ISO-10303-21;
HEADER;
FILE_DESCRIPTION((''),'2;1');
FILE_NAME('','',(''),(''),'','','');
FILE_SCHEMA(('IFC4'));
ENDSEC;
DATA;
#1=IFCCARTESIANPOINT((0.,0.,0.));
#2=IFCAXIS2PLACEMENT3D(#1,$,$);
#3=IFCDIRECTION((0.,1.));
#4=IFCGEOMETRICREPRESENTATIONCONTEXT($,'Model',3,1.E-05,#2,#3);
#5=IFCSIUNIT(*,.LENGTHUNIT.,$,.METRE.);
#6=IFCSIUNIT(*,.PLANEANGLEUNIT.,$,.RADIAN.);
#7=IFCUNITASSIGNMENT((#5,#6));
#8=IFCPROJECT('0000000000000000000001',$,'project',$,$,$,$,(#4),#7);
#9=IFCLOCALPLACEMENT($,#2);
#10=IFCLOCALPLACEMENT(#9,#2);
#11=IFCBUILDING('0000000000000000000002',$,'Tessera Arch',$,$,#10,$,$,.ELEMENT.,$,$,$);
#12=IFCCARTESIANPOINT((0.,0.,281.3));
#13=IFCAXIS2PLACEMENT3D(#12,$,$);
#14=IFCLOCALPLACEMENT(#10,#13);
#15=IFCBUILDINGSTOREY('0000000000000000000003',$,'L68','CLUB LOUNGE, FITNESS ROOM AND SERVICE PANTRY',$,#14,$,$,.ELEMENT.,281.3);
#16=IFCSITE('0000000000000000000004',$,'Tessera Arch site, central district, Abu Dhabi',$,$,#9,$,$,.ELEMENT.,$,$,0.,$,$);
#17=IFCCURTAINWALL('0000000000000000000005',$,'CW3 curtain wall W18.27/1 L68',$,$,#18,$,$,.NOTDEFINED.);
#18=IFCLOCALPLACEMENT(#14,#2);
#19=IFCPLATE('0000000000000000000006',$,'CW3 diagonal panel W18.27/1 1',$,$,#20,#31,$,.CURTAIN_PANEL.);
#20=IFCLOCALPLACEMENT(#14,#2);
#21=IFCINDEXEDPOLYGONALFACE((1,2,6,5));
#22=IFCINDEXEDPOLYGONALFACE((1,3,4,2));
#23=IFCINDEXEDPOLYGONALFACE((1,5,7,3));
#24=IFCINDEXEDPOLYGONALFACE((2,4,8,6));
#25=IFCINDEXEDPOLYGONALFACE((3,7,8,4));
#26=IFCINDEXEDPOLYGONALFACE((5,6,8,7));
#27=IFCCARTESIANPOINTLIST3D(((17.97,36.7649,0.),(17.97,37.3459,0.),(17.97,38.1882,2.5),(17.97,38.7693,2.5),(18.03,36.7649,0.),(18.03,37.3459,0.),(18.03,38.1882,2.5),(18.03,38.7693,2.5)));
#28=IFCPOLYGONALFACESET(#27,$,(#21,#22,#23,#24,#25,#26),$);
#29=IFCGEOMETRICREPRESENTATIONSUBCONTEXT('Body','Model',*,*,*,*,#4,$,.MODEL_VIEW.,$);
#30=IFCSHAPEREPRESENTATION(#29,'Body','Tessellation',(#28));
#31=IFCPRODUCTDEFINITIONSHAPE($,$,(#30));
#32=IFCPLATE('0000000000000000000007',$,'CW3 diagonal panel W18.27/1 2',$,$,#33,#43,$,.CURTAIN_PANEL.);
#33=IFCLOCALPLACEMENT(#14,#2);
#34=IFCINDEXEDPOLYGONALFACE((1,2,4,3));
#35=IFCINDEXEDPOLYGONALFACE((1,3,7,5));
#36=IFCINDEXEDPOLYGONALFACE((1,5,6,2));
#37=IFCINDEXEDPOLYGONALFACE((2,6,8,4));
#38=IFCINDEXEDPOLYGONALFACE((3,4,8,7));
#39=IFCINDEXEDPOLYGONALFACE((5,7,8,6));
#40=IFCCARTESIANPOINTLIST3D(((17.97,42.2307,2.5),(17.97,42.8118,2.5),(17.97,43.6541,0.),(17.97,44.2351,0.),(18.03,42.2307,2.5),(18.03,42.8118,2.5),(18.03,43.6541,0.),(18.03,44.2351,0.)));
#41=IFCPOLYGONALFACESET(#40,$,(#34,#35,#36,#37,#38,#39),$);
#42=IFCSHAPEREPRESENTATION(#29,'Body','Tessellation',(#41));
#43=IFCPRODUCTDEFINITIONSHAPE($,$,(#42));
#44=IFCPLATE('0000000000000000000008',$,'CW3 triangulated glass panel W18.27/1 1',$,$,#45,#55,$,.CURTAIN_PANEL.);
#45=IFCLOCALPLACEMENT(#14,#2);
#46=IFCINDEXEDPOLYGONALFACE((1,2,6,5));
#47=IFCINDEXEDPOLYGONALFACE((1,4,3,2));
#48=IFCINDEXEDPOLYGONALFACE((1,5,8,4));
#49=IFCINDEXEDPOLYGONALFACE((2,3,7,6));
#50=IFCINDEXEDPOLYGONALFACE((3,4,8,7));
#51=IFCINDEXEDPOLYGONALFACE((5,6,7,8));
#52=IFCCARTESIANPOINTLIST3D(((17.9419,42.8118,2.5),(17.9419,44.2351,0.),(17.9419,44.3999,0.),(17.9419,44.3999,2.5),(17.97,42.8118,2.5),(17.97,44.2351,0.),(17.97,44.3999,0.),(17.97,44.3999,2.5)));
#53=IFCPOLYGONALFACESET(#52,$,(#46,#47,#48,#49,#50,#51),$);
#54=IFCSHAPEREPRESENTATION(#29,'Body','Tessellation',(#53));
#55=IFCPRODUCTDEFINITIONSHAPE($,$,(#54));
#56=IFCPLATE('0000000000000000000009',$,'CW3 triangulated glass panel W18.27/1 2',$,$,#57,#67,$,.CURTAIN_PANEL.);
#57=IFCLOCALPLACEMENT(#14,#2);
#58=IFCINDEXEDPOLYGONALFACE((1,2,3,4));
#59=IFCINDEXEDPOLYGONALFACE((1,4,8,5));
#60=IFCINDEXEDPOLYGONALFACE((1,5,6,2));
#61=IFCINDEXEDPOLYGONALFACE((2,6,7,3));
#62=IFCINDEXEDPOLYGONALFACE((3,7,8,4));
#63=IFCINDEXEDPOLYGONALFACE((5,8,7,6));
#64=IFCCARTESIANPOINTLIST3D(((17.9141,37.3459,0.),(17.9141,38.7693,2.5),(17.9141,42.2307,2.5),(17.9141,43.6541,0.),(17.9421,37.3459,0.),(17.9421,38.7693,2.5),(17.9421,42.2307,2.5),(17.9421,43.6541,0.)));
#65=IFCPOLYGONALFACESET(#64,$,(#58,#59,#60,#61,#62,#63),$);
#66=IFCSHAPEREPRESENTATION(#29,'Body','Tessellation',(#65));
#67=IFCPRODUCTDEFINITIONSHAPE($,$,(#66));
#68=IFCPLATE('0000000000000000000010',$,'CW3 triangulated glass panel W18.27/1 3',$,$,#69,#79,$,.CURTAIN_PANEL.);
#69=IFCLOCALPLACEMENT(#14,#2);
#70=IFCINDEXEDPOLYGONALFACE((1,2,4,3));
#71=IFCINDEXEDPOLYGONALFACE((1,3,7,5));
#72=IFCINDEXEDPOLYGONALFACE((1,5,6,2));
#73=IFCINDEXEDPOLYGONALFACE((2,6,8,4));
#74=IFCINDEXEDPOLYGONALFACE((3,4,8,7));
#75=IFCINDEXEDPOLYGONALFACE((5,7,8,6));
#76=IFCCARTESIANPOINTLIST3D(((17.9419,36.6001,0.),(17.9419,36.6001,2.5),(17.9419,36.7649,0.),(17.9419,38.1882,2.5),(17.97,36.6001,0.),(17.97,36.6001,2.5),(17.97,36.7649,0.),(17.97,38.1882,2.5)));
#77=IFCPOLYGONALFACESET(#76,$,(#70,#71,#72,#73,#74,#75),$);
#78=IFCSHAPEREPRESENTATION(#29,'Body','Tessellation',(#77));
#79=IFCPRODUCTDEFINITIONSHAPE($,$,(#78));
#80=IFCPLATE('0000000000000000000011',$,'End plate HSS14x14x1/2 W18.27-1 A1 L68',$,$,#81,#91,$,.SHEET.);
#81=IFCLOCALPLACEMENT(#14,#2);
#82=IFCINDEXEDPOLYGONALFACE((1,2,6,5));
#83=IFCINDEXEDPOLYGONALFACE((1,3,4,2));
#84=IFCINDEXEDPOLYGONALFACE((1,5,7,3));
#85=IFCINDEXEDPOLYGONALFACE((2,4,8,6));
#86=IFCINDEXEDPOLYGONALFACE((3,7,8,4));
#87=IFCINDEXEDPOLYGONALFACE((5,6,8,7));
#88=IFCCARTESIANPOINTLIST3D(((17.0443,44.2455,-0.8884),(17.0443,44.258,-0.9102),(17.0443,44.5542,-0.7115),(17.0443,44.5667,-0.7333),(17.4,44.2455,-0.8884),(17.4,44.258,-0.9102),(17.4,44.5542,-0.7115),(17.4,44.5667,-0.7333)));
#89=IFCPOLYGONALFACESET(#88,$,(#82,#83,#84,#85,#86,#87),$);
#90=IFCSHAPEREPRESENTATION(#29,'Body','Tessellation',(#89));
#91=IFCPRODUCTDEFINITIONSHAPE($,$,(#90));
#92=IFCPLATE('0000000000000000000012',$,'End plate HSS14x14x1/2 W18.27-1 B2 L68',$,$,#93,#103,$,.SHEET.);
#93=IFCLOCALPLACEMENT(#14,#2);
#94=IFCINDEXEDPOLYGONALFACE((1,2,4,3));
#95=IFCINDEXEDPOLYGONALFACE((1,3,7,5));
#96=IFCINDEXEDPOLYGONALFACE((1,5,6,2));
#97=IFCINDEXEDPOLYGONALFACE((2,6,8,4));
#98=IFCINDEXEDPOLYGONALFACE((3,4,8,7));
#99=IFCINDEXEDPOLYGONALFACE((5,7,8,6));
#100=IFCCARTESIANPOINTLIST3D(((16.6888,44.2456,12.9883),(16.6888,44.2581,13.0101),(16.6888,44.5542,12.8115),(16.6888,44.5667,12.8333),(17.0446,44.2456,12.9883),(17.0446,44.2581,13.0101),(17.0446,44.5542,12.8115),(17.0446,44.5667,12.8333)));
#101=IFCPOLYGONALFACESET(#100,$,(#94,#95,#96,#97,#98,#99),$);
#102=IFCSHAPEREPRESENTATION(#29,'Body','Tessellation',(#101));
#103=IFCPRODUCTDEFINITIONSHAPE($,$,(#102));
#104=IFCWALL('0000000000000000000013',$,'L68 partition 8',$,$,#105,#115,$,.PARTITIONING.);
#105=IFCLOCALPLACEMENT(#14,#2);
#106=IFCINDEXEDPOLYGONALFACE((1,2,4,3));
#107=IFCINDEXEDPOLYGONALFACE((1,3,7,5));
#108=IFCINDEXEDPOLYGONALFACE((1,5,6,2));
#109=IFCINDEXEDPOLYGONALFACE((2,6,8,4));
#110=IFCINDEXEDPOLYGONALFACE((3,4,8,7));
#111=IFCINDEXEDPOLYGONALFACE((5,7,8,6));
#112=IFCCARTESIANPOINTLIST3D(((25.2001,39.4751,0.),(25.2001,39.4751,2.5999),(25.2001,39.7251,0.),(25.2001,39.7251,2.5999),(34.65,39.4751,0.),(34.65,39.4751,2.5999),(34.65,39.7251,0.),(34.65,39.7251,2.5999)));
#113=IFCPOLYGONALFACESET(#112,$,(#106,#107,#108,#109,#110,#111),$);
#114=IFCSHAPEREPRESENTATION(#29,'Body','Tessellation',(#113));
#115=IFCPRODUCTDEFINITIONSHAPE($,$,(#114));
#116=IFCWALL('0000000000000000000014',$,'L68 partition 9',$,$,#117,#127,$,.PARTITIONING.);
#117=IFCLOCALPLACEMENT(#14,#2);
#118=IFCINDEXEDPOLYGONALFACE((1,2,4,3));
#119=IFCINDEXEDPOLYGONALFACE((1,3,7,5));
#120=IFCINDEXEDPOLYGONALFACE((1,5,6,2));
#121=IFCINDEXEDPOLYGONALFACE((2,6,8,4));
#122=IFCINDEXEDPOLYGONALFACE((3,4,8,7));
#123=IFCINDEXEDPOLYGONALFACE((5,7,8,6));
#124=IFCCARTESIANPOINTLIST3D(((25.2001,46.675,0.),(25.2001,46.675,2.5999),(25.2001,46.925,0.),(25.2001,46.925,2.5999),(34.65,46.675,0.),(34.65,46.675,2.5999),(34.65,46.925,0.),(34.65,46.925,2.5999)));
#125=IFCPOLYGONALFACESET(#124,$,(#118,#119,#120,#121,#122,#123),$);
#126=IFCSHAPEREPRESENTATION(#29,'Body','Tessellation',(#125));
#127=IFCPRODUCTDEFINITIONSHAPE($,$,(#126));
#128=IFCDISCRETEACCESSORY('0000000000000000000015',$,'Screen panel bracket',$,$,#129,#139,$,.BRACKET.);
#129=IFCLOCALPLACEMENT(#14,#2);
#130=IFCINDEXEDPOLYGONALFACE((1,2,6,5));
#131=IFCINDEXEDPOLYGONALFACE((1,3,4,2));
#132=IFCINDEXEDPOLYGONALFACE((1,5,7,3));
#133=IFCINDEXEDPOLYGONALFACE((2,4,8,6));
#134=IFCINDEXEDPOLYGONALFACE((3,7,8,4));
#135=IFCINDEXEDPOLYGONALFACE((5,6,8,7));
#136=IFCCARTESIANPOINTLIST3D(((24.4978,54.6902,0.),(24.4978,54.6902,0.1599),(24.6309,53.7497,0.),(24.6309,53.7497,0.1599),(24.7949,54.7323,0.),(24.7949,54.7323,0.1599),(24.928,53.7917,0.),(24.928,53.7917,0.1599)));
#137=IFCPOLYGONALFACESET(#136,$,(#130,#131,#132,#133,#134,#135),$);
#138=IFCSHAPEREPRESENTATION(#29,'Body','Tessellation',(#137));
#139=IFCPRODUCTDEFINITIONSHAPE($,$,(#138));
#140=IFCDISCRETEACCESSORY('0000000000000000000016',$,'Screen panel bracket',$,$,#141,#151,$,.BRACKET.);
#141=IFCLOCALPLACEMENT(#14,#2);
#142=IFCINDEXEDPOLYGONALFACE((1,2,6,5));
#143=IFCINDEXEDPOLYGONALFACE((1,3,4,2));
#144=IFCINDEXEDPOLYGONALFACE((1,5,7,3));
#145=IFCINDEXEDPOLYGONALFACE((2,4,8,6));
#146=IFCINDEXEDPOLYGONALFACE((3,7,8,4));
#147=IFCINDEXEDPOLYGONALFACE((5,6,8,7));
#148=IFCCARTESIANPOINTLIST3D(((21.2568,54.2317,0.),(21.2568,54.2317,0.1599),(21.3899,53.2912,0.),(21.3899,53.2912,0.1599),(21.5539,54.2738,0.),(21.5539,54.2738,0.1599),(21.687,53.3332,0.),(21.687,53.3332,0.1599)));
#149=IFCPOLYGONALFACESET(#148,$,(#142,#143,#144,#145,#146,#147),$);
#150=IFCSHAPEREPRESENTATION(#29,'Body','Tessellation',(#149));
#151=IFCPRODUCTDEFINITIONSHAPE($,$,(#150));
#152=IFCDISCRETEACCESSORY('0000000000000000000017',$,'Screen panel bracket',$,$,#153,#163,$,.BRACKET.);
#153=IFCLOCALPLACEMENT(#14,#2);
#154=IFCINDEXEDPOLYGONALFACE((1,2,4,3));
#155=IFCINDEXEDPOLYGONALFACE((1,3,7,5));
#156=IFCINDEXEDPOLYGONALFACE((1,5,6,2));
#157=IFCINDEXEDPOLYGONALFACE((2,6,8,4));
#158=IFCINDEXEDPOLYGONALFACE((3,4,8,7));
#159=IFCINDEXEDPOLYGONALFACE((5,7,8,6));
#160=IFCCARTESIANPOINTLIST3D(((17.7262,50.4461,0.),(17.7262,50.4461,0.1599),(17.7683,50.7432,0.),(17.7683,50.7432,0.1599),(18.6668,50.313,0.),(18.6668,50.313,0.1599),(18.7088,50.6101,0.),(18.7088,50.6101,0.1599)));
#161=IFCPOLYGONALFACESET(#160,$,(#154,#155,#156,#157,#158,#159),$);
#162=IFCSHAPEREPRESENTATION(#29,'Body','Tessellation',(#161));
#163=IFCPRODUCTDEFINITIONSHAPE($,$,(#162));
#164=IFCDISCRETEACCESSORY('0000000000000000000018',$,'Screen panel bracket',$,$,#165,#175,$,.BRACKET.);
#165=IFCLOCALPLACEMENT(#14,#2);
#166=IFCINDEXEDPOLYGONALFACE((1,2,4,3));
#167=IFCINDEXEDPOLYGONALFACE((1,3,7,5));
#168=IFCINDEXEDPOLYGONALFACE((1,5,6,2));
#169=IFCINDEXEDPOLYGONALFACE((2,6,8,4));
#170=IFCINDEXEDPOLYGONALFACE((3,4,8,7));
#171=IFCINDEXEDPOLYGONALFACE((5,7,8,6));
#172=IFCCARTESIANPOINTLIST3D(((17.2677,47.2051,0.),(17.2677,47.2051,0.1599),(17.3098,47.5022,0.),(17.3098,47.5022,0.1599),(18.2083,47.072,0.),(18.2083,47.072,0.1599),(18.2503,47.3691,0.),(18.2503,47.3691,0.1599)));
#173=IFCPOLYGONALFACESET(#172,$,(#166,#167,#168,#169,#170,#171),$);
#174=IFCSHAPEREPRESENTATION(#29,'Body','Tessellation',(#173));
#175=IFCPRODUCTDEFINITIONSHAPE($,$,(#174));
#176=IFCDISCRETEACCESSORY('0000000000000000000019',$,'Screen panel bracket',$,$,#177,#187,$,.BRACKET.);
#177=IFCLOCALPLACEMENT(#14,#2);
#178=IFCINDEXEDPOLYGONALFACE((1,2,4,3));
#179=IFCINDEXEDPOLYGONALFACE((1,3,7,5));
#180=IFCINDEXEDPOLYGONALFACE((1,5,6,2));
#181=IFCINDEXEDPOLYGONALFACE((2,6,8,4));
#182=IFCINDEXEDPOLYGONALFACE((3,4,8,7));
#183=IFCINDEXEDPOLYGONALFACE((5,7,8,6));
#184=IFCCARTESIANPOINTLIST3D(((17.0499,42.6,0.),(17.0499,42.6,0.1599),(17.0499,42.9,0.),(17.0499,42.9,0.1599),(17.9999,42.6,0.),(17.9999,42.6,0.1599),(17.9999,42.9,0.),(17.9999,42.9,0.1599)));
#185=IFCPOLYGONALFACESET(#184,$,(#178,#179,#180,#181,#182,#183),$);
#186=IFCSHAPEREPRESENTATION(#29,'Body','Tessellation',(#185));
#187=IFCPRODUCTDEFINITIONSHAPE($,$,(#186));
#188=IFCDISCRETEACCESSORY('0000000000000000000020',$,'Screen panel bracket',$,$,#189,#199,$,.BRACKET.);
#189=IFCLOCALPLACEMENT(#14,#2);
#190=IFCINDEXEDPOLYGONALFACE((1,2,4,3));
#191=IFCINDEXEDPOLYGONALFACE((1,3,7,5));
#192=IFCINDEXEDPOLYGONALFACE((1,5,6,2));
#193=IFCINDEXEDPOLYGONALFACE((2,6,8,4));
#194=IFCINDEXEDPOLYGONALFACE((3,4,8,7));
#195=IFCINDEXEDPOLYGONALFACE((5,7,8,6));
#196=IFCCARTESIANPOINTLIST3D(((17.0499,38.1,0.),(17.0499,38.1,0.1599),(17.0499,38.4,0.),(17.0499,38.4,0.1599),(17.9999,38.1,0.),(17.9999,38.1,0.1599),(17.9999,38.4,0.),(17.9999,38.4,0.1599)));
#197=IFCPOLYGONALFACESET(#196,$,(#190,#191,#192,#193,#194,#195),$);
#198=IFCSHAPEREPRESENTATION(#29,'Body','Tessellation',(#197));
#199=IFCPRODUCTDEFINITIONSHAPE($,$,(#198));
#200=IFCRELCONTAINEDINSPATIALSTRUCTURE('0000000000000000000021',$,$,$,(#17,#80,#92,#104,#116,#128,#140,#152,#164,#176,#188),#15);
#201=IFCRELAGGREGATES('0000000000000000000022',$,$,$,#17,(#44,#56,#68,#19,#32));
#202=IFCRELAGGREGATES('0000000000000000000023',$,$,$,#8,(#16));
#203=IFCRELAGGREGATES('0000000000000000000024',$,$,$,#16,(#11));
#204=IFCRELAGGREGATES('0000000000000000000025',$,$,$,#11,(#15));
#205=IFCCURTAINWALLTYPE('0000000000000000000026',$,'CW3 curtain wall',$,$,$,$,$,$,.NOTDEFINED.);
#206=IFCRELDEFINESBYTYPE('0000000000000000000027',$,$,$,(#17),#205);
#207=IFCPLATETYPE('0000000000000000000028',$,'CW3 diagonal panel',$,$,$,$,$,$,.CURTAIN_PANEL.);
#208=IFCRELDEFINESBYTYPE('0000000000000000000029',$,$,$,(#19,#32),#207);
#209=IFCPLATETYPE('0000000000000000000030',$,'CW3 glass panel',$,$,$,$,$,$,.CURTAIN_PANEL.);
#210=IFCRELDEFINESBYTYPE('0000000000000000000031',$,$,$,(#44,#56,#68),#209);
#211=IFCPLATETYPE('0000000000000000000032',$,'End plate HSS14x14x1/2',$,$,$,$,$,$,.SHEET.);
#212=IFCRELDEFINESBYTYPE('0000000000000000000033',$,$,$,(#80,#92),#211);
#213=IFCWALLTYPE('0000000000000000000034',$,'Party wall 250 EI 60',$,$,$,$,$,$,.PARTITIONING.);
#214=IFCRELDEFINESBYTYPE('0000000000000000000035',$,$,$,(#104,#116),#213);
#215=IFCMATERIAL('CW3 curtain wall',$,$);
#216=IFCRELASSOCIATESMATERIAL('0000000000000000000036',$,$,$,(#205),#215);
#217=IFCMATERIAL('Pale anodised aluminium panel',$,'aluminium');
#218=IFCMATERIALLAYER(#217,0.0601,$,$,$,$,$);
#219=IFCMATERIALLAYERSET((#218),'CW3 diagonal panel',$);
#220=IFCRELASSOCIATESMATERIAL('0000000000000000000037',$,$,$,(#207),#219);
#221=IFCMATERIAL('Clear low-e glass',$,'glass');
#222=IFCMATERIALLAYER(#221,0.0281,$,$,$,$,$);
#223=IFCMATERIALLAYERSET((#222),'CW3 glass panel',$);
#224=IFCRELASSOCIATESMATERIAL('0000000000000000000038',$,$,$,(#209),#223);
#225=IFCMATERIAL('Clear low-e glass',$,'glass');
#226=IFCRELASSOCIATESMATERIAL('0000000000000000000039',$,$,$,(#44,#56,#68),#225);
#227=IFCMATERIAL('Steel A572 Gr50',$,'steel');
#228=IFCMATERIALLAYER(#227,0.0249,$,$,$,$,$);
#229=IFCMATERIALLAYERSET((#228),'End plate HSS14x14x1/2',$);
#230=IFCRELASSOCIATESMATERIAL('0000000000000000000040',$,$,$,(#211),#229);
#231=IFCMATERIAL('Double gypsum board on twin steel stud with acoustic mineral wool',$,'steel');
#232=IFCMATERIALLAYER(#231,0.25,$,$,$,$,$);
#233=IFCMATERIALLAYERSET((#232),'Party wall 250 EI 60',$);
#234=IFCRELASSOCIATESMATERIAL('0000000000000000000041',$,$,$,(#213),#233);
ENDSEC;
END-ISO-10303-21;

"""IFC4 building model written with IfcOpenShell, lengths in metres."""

from ifc_helpers import new_model, si_unit, direction, frame, frame_2d, origin, origin_2d, place, context, subcontext, project, spatial, polyline, rectangle, outline, extrude, material, layer, layer_set, type_object, element, aggregate, save


model = new_model("IFC4")

# Units and contexts
model_context = context("Model", 3, precision=1e-05, world=origin(), true_north=direction((0.0, 1.0)))
body_context = subcontext(model_context, "Body", "Model", "MODEL_VIEW")
ifc_project = project(units=[si_unit("LENGTHUNIT", "METRE"), si_unit("PLANEANGLEUNIT", "RADIAN")], contexts=[model_context])

# Site, building, storey
site_placement = place(None, origin())
site = spatial("IfcSite", under=ifc_project, at=site_placement, Name="Tessera Arch site, central district, Abu Dhabi", CompositionType="ELEMENT", RefElevation=0.0)
building_placement = place(site_placement, origin())
building = spatial("IfcBuilding", under=site, at=building_placement, Name="Tessera Arch", CompositionType="ELEMENT")
storey_placement = place(building_placement, frame((0.0, 0.0, 281.3)))
storey = spatial("IfcBuildingStorey", under=building, at=storey_placement, Name="L68", Description="CLUB LOUNGE, FITNESS ROOM AND SERVICE PANTRY", CompositionType="ELEMENT", Elevation=281.3)

# Curtain wall
ifc_material_1 = material(Name="CW3 curtain wall")
curtain_wall_type_1 = type_object("IfcCurtainWallType", Name="CW3 curtain wall", PredefinedType="NOTDEFINED", material=ifc_material_1)
curtain_wall_1_placement = place(storey_placement, origin())
curtain_wall_1 = element("IfcCurtainWall", 1, at=curtain_wall_1_placement, inside=storey, type_object=curtain_wall_type_1, Name="CW3 curtain wall W18.27/1 L68", PredefinedType="NOTDEFINED")

# Plates
ifc_material_2 = material(Name="Clear low-e glass", Category="glass")
ifc_material_3 = material(Name="Pale anodised aluminium panel", Category="aluminium")
ifc_layer_1 = layer(ifc_material_3, 0.0601)
ifc_layer_set_1 = layer_set([ifc_layer_1], Name="CW3 diagonal panel")
plate_type_1 = type_object("IfcPlateType", Name="CW3 diagonal panel", PredefinedType="CURTAIN_PANEL", material=ifc_layer_set_1)
plate_1_placement = place(storey_placement, frame((17.97, 38.1882, 2.5), z_axis=(-1.0, 0.0, 0.0), x_axis=(0.0, 1.0, 0.0)))
plate_1 = element("IfcPlate", 2, at=plate_1_placement, type_object=plate_type_1, Name="CW3 diagonal panel W18.27/1 1", PredefinedType="CURTAIN_PANEL", context=body_context, shape_type="SweptSolid", body=[
    extrude(outline(polyline([(0.0, 0.0), (0.5811, 0.0), (-0.8423, 2.5), (-1.4233, 2.5), (0.0, 0.0)])), origin(), (0.0, 0.0, -1.0), 0.0601),
])
plate_2_placement = place(storey_placement, frame((17.97, 42.2307, 2.5), z_axis=(-1.0, 0.0, 0.0), x_axis=(0.0, 1.0, 0.0)))
plate_2 = element("IfcPlate", 3, at=plate_2_placement, type_object=plate_type_1, Name="CW3 diagonal panel W18.27/1 2", PredefinedType="CURTAIN_PANEL", context=body_context, shape_type="SweptSolid", body=[
    extrude(outline(polyline([(0.0, 0.0), (0.5811, 0.0), (2.0044, 2.5), (1.4233, 2.5), (0.0, 0.0)])), origin(), (0.0, 0.0, -1.0), 0.0601),
])
ifc_material_4 = material(Name="Clear low-e glass", Category="glass")
ifc_layer_2 = layer(ifc_material_4, 0.0281)
ifc_layer_set_2 = layer_set([ifc_layer_2], Name="CW3 glass panel")
plate_type_2 = type_object("IfcPlateType", Name="CW3 glass panel", PredefinedType="CURTAIN_PANEL", material=ifc_layer_set_2)
plate_3_placement = place(storey_placement, frame((17.9419, 44.3999, 0.0), z_axis=(-1.0, 0.0, 0.0), x_axis=(0.0, -1.0, 0.0)))
plate_3 = element("IfcPlate", 4, at=plate_3_placement, type_object=plate_type_2, material=ifc_material_2, Name="CW3 triangulated glass panel W18.27/1 1", PredefinedType="CURTAIN_PANEL", context=body_context, shape_type="SweptSolid", body=[
    extrude(outline(polyline([(0.0, 0.0), (0.1648, 0.0), (1.5881, 2.5), (0.0, 2.5), (0.0, 0.0)])), origin(), (0.0, 0.0, -1.0), 0.0281),
])
plate_4_placement = place(storey_placement, frame((17.9141, 38.7693, 2.5), z_axis=(-1.0, 0.0, 0.0), x_axis=(0.0, 1.0, 0.0)))
plate_4 = element("IfcPlate", 5, at=plate_4_placement, type_object=plate_type_2, material=ifc_material_2, Name="CW3 triangulated glass panel W18.27/1 2", PredefinedType="CURTAIN_PANEL", context=body_context, shape_type="SweptSolid", body=[
    extrude(outline(polyline([(0.0, 0.0), (3.4614, 0.0), (4.8848, 2.5), (-1.4233, 2.5), (0.0, 0.0)])), origin(), (0.0, 0.0, -1.0), 0.0281),
])
plate_5_placement = place(storey_placement, frame((17.9419, 36.6001, 2.5), z_axis=(-1.0, 0.0, 0.0), x_axis=(0.0, 1.0, 0.0)))
plate_5 = element("IfcPlate", 6, at=plate_5_placement, type_object=plate_type_2, material=ifc_material_2, Name="CW3 triangulated glass panel W18.27/1 3", PredefinedType="CURTAIN_PANEL", context=body_context, shape_type="SweptSolid", body=[
    extrude(outline(polyline([(0.0, 0.0), (1.5881, 0.0), (0.1648, 2.5), (0.0, 2.5), (0.0, 0.0)])), origin(), (0.0, 0.0, -1.0), 0.0281),
])
aggregate(curtain_wall_1, [plate_3, plate_4, plate_5, plate_1, plate_2])

# Plates
ifc_material_5 = material(Name="Steel A572 Gr50", Category="steel")
ifc_layer_3 = layer(ifc_material_5, 0.0249)
ifc_layer_set_3 = layer_set([ifc_layer_3], Name="End plate HSS14x14x1/2")
plate_type_3 = type_object("IfcPlateType", Name="End plate HSS14x14x1/2", PredefinedType="SHEET", material=ifc_layer_set_3)
for number, where, z_axis, x_axis, name in (
    (7, (17.2222, 44.4124, -0.8218), (0.0, -0.497188, 0.867643), (1.0, 0.0, 0.0), "End plate HSS14x14x1/2 W18.27-1 A1 L68"),
    (8, (16.8667, 44.3999, 12.8999), (0.0, 0.497188, 0.867643), (-1.0, 0.0, 0.0), "End plate HSS14x14x1/2 W18.27-1 B2 L68"),
):
    element("IfcPlate", number, at=place(storey_placement, frame(where, z_axis=z_axis, x_axis=x_axis)), inside=storey, type_object=plate_type_3, Name=name, PredefinedType="SHEET", context=body_context, shape_type="SweptSolid", body=[
        extrude(rectangle(XDim=0.3557, YDim=0.3557, at=origin_2d()), origin(), (0.0, 0.0, 1.0), 0.0251),
    ])

# Walls
ifc_material_6 = material(Name="Double gypsum board on twin steel stud with acoustic mineral wool", Category="steel")
ifc_layer_4 = layer(ifc_material_6, 0.25)
ifc_layer_set_4 = layer_set([ifc_layer_4], Name="Party wall 250 EI 60")
wall_type = type_object("IfcWallType", Name="Party wall 250 EI 60", PredefinedType="PARTITIONING", material=ifc_layer_set_4)
for number, where, z_axis, x_axis, name in (
    (9, (25.2, 39.6001, 0.0), (0.0, 0.0, 1.0), (1.0, 0.0, 0.0), "L68 partition 8"),
    (10, (25.2, 46.8, 0.0), (0.0, 0.0, 1.0), (1.0, 0.0, 0.0), "L68 partition 9"),
):
    element("IfcWall", number, at=place(storey_placement, frame(where, z_axis=z_axis, x_axis=x_axis)), inside=storey, type_object=wall_type, Name=name, PredefinedType="PARTITIONING", context=body_context, shape_type="SweptSolid", body=[
        extrude(rectangle(XDim=9.45, YDim=0.25, at=frame_2d((4.7251, 0.0))), origin(), (0.0, 0.0, 1.0), 2.5999),
    ])

# Discrete accessories
for number, where, z_axis, x_axis, name in (
    (11, (24.7129, 54.241, 0.0), (0.0, 0.0, 1.0), (-0.140089, 0.990139, 0.0), "Screen panel bracket"),
    (12, (21.4719, 53.7825, 0.0), (0.0, 0.0, 1.0), (-0.140089, 0.990139, 0.0), "Screen panel bracket"),
    (13, (18.2175, 50.5281, 0.0), (0.0, 0.0, 1.0), (-0.990139, 0.140089, 0.0), "Screen panel bracket"),
    (14, (17.759, 47.2871, 0.0), (0.0, 0.0, 1.0), (-0.990139, 0.140089, 0.0), "Screen panel bracket"),
    (15, (17.5249, 42.75, 0.0), (0.0, 0.0, 1.0), (-1.0, 0.0, 0.0), "Screen panel bracket"),
    (16, (17.5249, 38.25, 0.0), (0.0, 0.0, 1.0), (-1.0, 0.0, 0.0), "Screen panel bracket"),
):
    element("IfcDiscreteAccessory", number, at=place(storey_placement, frame(where, z_axis=z_axis, x_axis=x_axis)), inside=storey, Name=name, PredefinedType="BRACKET", context=body_context, shape_type="SweptSolid", body=[
        extrude(rectangle(XDim=0.95, YDim=0.3, at=origin_2d()), origin(), (0.0, 0.0, 1.0), 0.1599),
    ])

save(model, "model.ifc")
